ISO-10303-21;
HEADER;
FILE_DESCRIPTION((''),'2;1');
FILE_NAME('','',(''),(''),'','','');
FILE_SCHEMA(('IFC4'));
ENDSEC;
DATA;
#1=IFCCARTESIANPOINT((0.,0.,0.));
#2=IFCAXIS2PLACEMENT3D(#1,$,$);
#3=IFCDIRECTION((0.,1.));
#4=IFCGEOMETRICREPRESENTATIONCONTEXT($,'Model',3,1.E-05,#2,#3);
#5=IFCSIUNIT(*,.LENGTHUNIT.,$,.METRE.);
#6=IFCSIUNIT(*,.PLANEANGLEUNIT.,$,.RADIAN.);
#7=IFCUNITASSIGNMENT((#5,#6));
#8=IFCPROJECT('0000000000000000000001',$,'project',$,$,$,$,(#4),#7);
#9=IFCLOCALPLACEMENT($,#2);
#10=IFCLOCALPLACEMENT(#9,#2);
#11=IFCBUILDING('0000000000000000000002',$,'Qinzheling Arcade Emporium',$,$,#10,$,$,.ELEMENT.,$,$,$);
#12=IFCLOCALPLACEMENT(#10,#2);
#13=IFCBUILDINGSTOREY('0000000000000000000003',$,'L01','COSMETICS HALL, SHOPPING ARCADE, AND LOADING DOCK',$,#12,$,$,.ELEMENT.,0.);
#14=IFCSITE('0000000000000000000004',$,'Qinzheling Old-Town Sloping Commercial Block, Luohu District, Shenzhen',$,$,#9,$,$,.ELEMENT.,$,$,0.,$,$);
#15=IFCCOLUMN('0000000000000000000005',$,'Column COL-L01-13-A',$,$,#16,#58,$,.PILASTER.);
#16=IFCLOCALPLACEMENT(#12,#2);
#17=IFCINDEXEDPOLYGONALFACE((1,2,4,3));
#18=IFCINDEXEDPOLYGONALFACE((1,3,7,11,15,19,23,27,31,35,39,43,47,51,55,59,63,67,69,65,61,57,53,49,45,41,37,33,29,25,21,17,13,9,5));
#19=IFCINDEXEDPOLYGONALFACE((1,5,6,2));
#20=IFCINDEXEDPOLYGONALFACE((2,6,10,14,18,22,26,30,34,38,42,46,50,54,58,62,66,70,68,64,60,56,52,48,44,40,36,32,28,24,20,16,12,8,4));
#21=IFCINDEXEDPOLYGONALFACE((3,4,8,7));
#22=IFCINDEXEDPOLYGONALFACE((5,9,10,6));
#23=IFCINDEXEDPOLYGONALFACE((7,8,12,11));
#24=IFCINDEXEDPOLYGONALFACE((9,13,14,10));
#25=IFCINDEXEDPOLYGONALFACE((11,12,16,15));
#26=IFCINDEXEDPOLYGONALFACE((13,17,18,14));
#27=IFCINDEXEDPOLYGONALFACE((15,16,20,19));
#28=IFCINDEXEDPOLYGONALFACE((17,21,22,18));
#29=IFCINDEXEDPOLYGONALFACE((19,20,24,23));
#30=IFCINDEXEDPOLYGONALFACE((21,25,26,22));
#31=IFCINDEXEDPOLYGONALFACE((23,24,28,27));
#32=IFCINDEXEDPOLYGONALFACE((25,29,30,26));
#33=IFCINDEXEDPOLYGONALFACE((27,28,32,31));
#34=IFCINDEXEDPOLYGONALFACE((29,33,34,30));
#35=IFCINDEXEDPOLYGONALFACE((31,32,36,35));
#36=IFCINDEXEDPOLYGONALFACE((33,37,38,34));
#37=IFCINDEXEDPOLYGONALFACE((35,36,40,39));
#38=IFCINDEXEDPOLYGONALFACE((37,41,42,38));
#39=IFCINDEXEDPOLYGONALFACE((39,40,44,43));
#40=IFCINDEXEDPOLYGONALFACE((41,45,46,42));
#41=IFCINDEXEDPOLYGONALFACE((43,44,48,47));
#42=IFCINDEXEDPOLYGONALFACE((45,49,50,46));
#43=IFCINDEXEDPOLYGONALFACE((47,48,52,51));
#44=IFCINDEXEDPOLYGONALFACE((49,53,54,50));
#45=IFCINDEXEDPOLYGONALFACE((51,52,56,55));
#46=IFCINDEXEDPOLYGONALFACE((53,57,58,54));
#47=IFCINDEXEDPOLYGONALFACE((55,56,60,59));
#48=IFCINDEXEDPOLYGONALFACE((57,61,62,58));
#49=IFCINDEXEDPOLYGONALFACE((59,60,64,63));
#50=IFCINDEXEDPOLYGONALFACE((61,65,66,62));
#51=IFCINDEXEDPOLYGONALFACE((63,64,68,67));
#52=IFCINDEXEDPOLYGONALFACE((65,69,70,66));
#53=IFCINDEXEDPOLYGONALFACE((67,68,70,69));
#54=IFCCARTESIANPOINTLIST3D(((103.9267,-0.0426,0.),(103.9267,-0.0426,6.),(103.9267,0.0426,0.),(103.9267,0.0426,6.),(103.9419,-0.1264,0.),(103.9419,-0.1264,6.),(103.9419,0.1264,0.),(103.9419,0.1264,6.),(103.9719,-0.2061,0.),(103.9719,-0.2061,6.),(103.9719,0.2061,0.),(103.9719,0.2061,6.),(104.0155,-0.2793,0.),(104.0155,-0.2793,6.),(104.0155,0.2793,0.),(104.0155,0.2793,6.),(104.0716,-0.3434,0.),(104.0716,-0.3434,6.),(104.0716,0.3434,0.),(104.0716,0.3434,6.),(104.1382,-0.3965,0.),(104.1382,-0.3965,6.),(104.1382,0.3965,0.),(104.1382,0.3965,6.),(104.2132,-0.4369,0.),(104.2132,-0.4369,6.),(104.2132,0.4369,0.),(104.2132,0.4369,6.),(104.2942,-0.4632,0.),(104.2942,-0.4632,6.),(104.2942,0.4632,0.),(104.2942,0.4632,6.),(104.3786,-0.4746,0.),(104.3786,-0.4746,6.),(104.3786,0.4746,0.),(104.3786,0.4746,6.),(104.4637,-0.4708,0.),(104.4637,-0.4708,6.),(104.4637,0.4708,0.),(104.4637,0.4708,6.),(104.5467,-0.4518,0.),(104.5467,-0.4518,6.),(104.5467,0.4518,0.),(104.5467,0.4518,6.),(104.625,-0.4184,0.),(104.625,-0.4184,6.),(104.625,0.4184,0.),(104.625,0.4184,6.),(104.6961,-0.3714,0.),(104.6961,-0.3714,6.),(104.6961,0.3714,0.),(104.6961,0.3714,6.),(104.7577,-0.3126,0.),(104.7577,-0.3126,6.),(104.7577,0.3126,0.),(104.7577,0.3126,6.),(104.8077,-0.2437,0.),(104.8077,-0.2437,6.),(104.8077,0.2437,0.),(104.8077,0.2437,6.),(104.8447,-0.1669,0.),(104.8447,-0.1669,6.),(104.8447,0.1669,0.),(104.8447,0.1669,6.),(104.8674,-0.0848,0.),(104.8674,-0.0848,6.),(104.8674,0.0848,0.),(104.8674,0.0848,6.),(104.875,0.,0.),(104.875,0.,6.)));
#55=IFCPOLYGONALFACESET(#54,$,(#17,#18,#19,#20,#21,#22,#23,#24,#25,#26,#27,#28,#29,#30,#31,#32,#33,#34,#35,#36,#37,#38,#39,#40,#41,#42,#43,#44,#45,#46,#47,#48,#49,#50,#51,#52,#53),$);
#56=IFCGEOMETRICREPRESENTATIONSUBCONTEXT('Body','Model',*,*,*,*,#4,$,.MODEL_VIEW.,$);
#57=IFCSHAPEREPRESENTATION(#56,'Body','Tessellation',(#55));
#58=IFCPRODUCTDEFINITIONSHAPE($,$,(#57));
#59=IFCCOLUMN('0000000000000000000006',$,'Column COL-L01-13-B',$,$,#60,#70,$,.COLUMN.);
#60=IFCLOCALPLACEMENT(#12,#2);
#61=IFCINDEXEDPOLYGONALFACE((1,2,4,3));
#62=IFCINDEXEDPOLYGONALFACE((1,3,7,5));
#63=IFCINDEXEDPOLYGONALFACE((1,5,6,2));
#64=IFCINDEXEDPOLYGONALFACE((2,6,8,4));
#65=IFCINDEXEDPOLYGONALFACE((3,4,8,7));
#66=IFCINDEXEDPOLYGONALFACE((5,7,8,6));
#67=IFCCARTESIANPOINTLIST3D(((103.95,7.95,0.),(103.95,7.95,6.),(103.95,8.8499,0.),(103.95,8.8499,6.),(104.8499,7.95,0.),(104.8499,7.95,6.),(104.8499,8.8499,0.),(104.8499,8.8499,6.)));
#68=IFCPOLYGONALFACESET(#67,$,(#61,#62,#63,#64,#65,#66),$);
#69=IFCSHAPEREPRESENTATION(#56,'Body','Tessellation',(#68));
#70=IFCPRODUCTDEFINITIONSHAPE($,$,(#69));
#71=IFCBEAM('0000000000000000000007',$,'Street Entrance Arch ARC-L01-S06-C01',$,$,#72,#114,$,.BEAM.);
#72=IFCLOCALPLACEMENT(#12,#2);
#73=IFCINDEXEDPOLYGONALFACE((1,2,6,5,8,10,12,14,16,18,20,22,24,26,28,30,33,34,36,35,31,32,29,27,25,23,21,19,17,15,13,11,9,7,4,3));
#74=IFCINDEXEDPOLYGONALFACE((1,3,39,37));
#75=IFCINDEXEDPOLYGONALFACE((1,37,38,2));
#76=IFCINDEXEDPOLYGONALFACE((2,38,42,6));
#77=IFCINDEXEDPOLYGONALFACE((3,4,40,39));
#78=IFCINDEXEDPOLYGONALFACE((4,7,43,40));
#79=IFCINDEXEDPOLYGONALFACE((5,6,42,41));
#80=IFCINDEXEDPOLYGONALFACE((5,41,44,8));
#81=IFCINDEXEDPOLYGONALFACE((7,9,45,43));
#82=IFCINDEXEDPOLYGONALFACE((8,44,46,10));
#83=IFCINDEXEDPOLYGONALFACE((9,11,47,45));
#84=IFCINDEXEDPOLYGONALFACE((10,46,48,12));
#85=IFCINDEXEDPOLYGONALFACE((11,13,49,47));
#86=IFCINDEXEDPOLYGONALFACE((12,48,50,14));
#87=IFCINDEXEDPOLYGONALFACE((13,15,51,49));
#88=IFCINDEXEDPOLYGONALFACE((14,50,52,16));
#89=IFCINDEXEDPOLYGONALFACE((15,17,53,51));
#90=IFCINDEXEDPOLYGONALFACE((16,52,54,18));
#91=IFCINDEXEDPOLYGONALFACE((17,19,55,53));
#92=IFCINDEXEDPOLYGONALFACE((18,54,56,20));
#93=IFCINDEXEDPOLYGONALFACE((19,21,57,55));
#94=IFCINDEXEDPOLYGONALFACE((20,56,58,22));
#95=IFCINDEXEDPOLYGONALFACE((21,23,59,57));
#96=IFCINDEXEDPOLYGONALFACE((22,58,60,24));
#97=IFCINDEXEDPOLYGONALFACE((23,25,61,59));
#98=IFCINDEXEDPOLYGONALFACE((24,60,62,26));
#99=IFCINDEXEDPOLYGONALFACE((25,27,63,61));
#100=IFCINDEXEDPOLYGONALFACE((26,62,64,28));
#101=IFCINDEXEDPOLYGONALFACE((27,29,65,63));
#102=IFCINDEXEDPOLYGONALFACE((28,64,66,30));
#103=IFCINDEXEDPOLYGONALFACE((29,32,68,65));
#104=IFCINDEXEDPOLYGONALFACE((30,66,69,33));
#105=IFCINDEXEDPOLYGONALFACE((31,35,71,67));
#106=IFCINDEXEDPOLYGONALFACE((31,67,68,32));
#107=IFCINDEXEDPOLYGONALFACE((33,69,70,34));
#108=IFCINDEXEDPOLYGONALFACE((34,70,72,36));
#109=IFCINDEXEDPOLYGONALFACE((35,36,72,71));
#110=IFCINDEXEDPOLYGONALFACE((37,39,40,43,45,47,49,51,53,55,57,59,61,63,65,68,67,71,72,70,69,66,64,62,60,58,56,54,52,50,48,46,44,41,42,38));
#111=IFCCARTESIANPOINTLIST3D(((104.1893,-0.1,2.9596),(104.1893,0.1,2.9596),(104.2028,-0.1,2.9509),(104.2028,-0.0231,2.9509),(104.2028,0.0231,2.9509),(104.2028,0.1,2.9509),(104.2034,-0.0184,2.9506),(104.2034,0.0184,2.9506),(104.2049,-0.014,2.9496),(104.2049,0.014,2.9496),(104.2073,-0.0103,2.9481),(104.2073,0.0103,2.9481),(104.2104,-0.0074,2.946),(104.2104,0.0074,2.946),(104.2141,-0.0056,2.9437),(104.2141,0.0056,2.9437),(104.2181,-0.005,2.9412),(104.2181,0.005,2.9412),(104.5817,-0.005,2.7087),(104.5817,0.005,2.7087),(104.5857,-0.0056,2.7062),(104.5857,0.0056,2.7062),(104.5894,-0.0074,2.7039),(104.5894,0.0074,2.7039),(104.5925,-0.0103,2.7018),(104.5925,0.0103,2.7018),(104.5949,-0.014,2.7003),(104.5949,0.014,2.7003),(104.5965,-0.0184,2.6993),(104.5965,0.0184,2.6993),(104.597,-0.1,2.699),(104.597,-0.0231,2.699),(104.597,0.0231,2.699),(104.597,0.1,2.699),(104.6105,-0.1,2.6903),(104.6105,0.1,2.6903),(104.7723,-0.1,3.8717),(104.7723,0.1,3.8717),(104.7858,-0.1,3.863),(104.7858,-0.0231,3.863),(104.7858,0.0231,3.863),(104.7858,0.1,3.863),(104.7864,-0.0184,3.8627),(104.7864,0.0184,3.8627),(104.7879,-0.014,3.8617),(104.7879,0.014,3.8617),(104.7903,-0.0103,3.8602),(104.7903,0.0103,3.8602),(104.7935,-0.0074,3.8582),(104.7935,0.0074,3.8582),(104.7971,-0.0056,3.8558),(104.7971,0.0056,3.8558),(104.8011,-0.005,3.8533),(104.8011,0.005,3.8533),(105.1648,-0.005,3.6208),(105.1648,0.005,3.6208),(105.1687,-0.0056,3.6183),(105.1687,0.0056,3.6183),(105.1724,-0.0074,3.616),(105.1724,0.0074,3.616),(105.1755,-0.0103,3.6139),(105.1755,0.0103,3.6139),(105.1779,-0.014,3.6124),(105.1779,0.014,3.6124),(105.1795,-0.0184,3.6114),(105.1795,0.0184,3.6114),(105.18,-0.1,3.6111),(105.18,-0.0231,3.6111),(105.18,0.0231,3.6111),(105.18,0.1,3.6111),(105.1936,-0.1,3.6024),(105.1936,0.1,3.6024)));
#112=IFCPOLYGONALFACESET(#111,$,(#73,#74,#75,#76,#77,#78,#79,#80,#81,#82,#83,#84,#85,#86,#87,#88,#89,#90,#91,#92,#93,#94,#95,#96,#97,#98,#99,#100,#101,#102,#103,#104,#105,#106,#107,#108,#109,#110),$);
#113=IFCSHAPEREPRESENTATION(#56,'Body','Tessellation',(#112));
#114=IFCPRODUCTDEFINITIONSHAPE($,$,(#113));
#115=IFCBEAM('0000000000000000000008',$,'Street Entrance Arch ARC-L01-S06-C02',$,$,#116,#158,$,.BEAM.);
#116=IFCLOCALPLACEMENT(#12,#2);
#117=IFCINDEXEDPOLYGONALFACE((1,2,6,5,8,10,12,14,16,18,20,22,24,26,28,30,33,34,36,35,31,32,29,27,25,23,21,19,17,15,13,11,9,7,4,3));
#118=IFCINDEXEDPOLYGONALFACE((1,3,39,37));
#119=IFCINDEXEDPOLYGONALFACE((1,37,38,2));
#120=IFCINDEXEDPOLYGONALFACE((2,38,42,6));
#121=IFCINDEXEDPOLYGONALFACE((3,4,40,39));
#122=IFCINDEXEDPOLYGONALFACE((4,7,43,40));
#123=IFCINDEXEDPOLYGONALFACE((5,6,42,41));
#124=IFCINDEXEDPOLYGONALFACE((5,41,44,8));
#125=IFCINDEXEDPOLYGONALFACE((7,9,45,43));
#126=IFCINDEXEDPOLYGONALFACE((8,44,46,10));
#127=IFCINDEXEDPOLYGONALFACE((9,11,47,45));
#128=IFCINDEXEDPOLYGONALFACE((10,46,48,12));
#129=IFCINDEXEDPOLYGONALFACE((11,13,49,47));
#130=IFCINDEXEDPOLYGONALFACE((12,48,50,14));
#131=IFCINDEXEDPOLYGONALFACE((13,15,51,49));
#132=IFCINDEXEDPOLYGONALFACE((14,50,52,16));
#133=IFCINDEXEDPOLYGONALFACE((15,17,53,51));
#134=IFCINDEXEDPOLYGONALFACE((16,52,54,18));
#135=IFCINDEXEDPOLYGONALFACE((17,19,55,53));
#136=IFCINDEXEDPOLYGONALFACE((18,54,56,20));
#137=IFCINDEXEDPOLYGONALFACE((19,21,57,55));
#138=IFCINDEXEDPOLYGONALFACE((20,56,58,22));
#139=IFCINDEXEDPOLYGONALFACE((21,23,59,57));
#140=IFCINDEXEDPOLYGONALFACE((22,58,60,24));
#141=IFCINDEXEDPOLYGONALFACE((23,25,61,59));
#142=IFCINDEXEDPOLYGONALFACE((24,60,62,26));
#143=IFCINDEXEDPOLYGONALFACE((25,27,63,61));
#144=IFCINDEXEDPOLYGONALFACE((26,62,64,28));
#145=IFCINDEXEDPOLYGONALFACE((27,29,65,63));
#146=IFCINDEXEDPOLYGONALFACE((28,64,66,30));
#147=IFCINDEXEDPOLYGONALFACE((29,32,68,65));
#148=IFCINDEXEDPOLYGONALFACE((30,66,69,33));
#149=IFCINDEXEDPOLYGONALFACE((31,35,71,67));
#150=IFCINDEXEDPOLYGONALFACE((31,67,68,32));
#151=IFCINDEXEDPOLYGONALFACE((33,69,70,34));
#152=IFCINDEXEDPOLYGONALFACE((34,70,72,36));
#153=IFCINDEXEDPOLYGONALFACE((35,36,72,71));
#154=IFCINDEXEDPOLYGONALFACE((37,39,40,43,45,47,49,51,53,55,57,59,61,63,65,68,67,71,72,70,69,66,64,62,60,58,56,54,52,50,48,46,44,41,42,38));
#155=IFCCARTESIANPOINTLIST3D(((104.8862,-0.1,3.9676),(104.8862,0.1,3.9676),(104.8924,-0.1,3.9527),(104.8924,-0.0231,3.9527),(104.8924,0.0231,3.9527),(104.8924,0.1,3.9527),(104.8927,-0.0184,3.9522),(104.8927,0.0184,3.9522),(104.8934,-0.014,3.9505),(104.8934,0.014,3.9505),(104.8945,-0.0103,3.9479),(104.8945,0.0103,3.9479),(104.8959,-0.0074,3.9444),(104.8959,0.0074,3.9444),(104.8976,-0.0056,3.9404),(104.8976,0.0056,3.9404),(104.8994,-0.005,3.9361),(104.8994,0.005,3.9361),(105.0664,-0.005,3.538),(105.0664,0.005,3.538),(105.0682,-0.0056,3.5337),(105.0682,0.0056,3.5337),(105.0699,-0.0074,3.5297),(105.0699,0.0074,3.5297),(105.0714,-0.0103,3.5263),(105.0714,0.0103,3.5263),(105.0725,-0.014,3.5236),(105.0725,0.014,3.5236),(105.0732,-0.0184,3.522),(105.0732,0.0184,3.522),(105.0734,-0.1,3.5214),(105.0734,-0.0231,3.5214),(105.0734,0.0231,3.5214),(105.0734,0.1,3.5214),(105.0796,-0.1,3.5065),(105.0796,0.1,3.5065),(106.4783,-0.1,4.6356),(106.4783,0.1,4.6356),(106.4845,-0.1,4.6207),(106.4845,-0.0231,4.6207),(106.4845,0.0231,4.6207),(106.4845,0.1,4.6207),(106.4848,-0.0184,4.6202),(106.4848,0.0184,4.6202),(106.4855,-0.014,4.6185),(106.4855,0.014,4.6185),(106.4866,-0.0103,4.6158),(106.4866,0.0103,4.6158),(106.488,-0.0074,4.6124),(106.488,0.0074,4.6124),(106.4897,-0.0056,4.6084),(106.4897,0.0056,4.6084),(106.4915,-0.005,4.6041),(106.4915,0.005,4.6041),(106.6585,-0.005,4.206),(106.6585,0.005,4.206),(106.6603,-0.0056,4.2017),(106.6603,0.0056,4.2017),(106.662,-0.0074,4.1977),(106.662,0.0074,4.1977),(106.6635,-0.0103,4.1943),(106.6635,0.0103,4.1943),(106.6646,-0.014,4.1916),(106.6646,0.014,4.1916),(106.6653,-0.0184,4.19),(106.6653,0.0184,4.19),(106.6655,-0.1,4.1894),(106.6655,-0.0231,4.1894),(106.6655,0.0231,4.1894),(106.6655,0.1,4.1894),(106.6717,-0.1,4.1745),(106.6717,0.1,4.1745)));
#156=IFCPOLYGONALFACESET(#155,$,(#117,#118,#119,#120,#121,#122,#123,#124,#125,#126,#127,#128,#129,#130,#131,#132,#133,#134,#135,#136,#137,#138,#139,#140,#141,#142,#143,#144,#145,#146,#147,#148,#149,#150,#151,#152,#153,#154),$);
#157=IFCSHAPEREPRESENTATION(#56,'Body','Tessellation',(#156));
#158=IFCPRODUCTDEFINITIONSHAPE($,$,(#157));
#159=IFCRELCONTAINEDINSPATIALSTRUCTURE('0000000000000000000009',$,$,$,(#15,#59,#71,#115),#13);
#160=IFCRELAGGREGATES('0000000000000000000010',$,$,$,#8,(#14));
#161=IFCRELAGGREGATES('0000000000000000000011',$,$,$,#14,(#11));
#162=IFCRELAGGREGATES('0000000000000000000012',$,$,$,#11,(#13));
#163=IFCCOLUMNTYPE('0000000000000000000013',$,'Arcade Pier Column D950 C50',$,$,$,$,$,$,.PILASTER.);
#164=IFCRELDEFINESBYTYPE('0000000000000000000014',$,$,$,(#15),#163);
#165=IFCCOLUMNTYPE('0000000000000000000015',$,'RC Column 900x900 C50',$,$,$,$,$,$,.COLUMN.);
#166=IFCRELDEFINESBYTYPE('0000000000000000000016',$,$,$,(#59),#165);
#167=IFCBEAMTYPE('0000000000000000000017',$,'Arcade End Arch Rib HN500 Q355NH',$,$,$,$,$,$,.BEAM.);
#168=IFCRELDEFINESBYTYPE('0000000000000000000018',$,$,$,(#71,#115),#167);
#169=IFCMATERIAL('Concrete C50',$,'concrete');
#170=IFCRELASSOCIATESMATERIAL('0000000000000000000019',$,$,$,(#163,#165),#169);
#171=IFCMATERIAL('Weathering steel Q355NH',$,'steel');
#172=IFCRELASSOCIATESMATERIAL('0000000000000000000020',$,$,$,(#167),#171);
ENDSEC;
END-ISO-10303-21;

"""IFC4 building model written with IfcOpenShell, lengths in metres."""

from ifc_helpers import new_model, si_unit, direction, frame, origin, origin_2d, place, context, subcontext, project, spatial, rectangle, circle, i_section, extrude, material, material_profile, profile_set, type_object, element, save


model = new_model("IFC4")

# Units and contexts
model_context = context("Model", 3, precision=1e-05, world=origin(), true_north=direction((0.0, 1.0)))
body_context = subcontext(model_context, "Body", "Model", "MODEL_VIEW")
ifc_project = project(units=[si_unit("LENGTHUNIT", "METRE"), si_unit("PLANEANGLEUNIT", "RADIAN")], contexts=[model_context])

# Site, building, storey
site_placement = place(None, origin())
site = spatial("IfcSite", under=ifc_project, at=site_placement, Name="Qinzheling Old-Town Sloping Commercial Block, Luohu District, Shenzhen", CompositionType="ELEMENT", RefElevation=0.0)
building_placement = place(site_placement, origin())
building = spatial("IfcBuilding", under=site, at=building_placement, Name="Qinzheling Arcade Emporium", CompositionType="ELEMENT")
storey_placement = place(building_placement, origin())
storey = spatial("IfcBuildingStorey", under=building, at=storey_placement, Name="L01", Description="COSMETICS HALL, SHOPPING ARCADE, AND LOADING DOCK", CompositionType="ELEMENT", Elevation=0.0)

# Columns
ifc_material_1 = material(Name="Concrete C50", Category="concrete")
ifc_material_profile_1 = material_profile(ifc_material_1, circle(Radius=0.4751, at=origin_2d()), Name="RC D950", Category="concrete")
ifc_profile_set_1 = profile_set([ifc_material_profile_1], Name="Concrete C50")
column_type_1 = type_object("IfcColumnType", Name="Arcade Pier Column D950 C50", PredefinedType="PILASTER", material=ifc_profile_set_1)
column_1_placement = place(storey_placement, frame((104.3999, 0.0, 0.0), z_axis=(0.0, 0.0, 1.0), x_axis=(1.0, 0.0, 0.0)))
element("IfcColumn", 1, at=column_1_placement, inside=storey, type_object=column_type_1, Name="Column COL-L01-13-A", PredefinedType="PILASTER", context=body_context, shape_type="SweptSolid", body=[
    extrude(circle(Radius=0.4751, at=origin_2d()), origin(), (0.0, 0.0, 1.0), 6.0),
])
ifc_material_profile_2 = material_profile(ifc_material_1, rectangle(XDim=0.8999, YDim=0.8999, at=origin_2d()), Name="RC 900x900", Category="concrete")
ifc_profile_set_2 = profile_set([ifc_material_profile_2], Name="Concrete C50")
column_type_2 = type_object("IfcColumnType", Name="RC Column 900x900 C50", PredefinedType="COLUMN", material=ifc_profile_set_2)
column_2_placement = place(storey_placement, frame((104.3999, 8.3999, 0.0), z_axis=(0.0, 0.0, 1.0), x_axis=(1.0, 0.0, 0.0)))
element("IfcColumn", 2, at=column_2_placement, inside=storey, type_object=column_type_2, Name="Column COL-L01-13-B", PredefinedType="COLUMN", context=body_context, shape_type="SweptSolid", body=[
    extrude(rectangle(XDim=0.8999, YDim=0.8999, at=origin_2d()), origin(), (0.0, 0.0, 1.0), 6.0),
])

# Beams
ifc_material_2 = material(Name="Weathering steel Q355NH", Category="steel")
ifc_material_profile_3 = material_profile(ifc_material_2, i_section(OverallWidth=0.2, OverallDepth=0.5, WebThickness=0.01, FlangeThickness=0.0161, FilletRadius=0.0181, at=origin_2d()), Name="HN 500x200x10x16", Category="steel")
ifc_profile_set_3 = profile_set([ifc_material_profile_3], Name="Weathering steel Q355NH")
beam_type_1 = type_object("IfcBeamType", Name="Arcade End Arch Rib HN500 Q355NH", PredefinedType="BEAM", material=ifc_profile_set_3)
beam_1_placement = place(storey_placement, frame((104.3999, 0.0, 2.825), z_axis=(0.538567, 0.0, 0.842583), x_axis=(0.0, 1.0, 0.0)))
element("IfcBeam", 3, at=beam_1_placement, inside=storey, type_object=beam_type_1, Name="Street Entrance Arch ARC-L01-S06-C01", PredefinedType="BEAM", context=body_context, shape_type="SweptSolid", body=[
    extrude(i_section(OverallWidth=0.2, OverallDepth=0.5, WebThickness=0.01, FlangeThickness=0.0161, FilletRadius=0.0181, at=origin_2d()), origin(), (0.0, 0.0, 1.0), 1.0825),
])
beam_2_placement = place(storey_placement, frame((104.9829, 0.0, 3.7371), z_axis=(0.922124, 0.0, 0.386893), x_axis=(0.0, 1.0, 0.0)))
element("IfcBeam", 4, at=beam_2_placement, inside=storey, type_object=beam_type_1, Name="Street Entrance Arch ARC-L01-S06-C02", PredefinedType="BEAM", context=body_context, shape_type="SweptSolid", body=[
    extrude(i_section(OverallWidth=0.2, OverallDepth=0.5, WebThickness=0.01, FlangeThickness=0.0161, FilletRadius=0.0181, at=origin_2d()), origin(), (0.0, 0.0, 1.0), 1.7266),
])

save(model, "model.ifc")
